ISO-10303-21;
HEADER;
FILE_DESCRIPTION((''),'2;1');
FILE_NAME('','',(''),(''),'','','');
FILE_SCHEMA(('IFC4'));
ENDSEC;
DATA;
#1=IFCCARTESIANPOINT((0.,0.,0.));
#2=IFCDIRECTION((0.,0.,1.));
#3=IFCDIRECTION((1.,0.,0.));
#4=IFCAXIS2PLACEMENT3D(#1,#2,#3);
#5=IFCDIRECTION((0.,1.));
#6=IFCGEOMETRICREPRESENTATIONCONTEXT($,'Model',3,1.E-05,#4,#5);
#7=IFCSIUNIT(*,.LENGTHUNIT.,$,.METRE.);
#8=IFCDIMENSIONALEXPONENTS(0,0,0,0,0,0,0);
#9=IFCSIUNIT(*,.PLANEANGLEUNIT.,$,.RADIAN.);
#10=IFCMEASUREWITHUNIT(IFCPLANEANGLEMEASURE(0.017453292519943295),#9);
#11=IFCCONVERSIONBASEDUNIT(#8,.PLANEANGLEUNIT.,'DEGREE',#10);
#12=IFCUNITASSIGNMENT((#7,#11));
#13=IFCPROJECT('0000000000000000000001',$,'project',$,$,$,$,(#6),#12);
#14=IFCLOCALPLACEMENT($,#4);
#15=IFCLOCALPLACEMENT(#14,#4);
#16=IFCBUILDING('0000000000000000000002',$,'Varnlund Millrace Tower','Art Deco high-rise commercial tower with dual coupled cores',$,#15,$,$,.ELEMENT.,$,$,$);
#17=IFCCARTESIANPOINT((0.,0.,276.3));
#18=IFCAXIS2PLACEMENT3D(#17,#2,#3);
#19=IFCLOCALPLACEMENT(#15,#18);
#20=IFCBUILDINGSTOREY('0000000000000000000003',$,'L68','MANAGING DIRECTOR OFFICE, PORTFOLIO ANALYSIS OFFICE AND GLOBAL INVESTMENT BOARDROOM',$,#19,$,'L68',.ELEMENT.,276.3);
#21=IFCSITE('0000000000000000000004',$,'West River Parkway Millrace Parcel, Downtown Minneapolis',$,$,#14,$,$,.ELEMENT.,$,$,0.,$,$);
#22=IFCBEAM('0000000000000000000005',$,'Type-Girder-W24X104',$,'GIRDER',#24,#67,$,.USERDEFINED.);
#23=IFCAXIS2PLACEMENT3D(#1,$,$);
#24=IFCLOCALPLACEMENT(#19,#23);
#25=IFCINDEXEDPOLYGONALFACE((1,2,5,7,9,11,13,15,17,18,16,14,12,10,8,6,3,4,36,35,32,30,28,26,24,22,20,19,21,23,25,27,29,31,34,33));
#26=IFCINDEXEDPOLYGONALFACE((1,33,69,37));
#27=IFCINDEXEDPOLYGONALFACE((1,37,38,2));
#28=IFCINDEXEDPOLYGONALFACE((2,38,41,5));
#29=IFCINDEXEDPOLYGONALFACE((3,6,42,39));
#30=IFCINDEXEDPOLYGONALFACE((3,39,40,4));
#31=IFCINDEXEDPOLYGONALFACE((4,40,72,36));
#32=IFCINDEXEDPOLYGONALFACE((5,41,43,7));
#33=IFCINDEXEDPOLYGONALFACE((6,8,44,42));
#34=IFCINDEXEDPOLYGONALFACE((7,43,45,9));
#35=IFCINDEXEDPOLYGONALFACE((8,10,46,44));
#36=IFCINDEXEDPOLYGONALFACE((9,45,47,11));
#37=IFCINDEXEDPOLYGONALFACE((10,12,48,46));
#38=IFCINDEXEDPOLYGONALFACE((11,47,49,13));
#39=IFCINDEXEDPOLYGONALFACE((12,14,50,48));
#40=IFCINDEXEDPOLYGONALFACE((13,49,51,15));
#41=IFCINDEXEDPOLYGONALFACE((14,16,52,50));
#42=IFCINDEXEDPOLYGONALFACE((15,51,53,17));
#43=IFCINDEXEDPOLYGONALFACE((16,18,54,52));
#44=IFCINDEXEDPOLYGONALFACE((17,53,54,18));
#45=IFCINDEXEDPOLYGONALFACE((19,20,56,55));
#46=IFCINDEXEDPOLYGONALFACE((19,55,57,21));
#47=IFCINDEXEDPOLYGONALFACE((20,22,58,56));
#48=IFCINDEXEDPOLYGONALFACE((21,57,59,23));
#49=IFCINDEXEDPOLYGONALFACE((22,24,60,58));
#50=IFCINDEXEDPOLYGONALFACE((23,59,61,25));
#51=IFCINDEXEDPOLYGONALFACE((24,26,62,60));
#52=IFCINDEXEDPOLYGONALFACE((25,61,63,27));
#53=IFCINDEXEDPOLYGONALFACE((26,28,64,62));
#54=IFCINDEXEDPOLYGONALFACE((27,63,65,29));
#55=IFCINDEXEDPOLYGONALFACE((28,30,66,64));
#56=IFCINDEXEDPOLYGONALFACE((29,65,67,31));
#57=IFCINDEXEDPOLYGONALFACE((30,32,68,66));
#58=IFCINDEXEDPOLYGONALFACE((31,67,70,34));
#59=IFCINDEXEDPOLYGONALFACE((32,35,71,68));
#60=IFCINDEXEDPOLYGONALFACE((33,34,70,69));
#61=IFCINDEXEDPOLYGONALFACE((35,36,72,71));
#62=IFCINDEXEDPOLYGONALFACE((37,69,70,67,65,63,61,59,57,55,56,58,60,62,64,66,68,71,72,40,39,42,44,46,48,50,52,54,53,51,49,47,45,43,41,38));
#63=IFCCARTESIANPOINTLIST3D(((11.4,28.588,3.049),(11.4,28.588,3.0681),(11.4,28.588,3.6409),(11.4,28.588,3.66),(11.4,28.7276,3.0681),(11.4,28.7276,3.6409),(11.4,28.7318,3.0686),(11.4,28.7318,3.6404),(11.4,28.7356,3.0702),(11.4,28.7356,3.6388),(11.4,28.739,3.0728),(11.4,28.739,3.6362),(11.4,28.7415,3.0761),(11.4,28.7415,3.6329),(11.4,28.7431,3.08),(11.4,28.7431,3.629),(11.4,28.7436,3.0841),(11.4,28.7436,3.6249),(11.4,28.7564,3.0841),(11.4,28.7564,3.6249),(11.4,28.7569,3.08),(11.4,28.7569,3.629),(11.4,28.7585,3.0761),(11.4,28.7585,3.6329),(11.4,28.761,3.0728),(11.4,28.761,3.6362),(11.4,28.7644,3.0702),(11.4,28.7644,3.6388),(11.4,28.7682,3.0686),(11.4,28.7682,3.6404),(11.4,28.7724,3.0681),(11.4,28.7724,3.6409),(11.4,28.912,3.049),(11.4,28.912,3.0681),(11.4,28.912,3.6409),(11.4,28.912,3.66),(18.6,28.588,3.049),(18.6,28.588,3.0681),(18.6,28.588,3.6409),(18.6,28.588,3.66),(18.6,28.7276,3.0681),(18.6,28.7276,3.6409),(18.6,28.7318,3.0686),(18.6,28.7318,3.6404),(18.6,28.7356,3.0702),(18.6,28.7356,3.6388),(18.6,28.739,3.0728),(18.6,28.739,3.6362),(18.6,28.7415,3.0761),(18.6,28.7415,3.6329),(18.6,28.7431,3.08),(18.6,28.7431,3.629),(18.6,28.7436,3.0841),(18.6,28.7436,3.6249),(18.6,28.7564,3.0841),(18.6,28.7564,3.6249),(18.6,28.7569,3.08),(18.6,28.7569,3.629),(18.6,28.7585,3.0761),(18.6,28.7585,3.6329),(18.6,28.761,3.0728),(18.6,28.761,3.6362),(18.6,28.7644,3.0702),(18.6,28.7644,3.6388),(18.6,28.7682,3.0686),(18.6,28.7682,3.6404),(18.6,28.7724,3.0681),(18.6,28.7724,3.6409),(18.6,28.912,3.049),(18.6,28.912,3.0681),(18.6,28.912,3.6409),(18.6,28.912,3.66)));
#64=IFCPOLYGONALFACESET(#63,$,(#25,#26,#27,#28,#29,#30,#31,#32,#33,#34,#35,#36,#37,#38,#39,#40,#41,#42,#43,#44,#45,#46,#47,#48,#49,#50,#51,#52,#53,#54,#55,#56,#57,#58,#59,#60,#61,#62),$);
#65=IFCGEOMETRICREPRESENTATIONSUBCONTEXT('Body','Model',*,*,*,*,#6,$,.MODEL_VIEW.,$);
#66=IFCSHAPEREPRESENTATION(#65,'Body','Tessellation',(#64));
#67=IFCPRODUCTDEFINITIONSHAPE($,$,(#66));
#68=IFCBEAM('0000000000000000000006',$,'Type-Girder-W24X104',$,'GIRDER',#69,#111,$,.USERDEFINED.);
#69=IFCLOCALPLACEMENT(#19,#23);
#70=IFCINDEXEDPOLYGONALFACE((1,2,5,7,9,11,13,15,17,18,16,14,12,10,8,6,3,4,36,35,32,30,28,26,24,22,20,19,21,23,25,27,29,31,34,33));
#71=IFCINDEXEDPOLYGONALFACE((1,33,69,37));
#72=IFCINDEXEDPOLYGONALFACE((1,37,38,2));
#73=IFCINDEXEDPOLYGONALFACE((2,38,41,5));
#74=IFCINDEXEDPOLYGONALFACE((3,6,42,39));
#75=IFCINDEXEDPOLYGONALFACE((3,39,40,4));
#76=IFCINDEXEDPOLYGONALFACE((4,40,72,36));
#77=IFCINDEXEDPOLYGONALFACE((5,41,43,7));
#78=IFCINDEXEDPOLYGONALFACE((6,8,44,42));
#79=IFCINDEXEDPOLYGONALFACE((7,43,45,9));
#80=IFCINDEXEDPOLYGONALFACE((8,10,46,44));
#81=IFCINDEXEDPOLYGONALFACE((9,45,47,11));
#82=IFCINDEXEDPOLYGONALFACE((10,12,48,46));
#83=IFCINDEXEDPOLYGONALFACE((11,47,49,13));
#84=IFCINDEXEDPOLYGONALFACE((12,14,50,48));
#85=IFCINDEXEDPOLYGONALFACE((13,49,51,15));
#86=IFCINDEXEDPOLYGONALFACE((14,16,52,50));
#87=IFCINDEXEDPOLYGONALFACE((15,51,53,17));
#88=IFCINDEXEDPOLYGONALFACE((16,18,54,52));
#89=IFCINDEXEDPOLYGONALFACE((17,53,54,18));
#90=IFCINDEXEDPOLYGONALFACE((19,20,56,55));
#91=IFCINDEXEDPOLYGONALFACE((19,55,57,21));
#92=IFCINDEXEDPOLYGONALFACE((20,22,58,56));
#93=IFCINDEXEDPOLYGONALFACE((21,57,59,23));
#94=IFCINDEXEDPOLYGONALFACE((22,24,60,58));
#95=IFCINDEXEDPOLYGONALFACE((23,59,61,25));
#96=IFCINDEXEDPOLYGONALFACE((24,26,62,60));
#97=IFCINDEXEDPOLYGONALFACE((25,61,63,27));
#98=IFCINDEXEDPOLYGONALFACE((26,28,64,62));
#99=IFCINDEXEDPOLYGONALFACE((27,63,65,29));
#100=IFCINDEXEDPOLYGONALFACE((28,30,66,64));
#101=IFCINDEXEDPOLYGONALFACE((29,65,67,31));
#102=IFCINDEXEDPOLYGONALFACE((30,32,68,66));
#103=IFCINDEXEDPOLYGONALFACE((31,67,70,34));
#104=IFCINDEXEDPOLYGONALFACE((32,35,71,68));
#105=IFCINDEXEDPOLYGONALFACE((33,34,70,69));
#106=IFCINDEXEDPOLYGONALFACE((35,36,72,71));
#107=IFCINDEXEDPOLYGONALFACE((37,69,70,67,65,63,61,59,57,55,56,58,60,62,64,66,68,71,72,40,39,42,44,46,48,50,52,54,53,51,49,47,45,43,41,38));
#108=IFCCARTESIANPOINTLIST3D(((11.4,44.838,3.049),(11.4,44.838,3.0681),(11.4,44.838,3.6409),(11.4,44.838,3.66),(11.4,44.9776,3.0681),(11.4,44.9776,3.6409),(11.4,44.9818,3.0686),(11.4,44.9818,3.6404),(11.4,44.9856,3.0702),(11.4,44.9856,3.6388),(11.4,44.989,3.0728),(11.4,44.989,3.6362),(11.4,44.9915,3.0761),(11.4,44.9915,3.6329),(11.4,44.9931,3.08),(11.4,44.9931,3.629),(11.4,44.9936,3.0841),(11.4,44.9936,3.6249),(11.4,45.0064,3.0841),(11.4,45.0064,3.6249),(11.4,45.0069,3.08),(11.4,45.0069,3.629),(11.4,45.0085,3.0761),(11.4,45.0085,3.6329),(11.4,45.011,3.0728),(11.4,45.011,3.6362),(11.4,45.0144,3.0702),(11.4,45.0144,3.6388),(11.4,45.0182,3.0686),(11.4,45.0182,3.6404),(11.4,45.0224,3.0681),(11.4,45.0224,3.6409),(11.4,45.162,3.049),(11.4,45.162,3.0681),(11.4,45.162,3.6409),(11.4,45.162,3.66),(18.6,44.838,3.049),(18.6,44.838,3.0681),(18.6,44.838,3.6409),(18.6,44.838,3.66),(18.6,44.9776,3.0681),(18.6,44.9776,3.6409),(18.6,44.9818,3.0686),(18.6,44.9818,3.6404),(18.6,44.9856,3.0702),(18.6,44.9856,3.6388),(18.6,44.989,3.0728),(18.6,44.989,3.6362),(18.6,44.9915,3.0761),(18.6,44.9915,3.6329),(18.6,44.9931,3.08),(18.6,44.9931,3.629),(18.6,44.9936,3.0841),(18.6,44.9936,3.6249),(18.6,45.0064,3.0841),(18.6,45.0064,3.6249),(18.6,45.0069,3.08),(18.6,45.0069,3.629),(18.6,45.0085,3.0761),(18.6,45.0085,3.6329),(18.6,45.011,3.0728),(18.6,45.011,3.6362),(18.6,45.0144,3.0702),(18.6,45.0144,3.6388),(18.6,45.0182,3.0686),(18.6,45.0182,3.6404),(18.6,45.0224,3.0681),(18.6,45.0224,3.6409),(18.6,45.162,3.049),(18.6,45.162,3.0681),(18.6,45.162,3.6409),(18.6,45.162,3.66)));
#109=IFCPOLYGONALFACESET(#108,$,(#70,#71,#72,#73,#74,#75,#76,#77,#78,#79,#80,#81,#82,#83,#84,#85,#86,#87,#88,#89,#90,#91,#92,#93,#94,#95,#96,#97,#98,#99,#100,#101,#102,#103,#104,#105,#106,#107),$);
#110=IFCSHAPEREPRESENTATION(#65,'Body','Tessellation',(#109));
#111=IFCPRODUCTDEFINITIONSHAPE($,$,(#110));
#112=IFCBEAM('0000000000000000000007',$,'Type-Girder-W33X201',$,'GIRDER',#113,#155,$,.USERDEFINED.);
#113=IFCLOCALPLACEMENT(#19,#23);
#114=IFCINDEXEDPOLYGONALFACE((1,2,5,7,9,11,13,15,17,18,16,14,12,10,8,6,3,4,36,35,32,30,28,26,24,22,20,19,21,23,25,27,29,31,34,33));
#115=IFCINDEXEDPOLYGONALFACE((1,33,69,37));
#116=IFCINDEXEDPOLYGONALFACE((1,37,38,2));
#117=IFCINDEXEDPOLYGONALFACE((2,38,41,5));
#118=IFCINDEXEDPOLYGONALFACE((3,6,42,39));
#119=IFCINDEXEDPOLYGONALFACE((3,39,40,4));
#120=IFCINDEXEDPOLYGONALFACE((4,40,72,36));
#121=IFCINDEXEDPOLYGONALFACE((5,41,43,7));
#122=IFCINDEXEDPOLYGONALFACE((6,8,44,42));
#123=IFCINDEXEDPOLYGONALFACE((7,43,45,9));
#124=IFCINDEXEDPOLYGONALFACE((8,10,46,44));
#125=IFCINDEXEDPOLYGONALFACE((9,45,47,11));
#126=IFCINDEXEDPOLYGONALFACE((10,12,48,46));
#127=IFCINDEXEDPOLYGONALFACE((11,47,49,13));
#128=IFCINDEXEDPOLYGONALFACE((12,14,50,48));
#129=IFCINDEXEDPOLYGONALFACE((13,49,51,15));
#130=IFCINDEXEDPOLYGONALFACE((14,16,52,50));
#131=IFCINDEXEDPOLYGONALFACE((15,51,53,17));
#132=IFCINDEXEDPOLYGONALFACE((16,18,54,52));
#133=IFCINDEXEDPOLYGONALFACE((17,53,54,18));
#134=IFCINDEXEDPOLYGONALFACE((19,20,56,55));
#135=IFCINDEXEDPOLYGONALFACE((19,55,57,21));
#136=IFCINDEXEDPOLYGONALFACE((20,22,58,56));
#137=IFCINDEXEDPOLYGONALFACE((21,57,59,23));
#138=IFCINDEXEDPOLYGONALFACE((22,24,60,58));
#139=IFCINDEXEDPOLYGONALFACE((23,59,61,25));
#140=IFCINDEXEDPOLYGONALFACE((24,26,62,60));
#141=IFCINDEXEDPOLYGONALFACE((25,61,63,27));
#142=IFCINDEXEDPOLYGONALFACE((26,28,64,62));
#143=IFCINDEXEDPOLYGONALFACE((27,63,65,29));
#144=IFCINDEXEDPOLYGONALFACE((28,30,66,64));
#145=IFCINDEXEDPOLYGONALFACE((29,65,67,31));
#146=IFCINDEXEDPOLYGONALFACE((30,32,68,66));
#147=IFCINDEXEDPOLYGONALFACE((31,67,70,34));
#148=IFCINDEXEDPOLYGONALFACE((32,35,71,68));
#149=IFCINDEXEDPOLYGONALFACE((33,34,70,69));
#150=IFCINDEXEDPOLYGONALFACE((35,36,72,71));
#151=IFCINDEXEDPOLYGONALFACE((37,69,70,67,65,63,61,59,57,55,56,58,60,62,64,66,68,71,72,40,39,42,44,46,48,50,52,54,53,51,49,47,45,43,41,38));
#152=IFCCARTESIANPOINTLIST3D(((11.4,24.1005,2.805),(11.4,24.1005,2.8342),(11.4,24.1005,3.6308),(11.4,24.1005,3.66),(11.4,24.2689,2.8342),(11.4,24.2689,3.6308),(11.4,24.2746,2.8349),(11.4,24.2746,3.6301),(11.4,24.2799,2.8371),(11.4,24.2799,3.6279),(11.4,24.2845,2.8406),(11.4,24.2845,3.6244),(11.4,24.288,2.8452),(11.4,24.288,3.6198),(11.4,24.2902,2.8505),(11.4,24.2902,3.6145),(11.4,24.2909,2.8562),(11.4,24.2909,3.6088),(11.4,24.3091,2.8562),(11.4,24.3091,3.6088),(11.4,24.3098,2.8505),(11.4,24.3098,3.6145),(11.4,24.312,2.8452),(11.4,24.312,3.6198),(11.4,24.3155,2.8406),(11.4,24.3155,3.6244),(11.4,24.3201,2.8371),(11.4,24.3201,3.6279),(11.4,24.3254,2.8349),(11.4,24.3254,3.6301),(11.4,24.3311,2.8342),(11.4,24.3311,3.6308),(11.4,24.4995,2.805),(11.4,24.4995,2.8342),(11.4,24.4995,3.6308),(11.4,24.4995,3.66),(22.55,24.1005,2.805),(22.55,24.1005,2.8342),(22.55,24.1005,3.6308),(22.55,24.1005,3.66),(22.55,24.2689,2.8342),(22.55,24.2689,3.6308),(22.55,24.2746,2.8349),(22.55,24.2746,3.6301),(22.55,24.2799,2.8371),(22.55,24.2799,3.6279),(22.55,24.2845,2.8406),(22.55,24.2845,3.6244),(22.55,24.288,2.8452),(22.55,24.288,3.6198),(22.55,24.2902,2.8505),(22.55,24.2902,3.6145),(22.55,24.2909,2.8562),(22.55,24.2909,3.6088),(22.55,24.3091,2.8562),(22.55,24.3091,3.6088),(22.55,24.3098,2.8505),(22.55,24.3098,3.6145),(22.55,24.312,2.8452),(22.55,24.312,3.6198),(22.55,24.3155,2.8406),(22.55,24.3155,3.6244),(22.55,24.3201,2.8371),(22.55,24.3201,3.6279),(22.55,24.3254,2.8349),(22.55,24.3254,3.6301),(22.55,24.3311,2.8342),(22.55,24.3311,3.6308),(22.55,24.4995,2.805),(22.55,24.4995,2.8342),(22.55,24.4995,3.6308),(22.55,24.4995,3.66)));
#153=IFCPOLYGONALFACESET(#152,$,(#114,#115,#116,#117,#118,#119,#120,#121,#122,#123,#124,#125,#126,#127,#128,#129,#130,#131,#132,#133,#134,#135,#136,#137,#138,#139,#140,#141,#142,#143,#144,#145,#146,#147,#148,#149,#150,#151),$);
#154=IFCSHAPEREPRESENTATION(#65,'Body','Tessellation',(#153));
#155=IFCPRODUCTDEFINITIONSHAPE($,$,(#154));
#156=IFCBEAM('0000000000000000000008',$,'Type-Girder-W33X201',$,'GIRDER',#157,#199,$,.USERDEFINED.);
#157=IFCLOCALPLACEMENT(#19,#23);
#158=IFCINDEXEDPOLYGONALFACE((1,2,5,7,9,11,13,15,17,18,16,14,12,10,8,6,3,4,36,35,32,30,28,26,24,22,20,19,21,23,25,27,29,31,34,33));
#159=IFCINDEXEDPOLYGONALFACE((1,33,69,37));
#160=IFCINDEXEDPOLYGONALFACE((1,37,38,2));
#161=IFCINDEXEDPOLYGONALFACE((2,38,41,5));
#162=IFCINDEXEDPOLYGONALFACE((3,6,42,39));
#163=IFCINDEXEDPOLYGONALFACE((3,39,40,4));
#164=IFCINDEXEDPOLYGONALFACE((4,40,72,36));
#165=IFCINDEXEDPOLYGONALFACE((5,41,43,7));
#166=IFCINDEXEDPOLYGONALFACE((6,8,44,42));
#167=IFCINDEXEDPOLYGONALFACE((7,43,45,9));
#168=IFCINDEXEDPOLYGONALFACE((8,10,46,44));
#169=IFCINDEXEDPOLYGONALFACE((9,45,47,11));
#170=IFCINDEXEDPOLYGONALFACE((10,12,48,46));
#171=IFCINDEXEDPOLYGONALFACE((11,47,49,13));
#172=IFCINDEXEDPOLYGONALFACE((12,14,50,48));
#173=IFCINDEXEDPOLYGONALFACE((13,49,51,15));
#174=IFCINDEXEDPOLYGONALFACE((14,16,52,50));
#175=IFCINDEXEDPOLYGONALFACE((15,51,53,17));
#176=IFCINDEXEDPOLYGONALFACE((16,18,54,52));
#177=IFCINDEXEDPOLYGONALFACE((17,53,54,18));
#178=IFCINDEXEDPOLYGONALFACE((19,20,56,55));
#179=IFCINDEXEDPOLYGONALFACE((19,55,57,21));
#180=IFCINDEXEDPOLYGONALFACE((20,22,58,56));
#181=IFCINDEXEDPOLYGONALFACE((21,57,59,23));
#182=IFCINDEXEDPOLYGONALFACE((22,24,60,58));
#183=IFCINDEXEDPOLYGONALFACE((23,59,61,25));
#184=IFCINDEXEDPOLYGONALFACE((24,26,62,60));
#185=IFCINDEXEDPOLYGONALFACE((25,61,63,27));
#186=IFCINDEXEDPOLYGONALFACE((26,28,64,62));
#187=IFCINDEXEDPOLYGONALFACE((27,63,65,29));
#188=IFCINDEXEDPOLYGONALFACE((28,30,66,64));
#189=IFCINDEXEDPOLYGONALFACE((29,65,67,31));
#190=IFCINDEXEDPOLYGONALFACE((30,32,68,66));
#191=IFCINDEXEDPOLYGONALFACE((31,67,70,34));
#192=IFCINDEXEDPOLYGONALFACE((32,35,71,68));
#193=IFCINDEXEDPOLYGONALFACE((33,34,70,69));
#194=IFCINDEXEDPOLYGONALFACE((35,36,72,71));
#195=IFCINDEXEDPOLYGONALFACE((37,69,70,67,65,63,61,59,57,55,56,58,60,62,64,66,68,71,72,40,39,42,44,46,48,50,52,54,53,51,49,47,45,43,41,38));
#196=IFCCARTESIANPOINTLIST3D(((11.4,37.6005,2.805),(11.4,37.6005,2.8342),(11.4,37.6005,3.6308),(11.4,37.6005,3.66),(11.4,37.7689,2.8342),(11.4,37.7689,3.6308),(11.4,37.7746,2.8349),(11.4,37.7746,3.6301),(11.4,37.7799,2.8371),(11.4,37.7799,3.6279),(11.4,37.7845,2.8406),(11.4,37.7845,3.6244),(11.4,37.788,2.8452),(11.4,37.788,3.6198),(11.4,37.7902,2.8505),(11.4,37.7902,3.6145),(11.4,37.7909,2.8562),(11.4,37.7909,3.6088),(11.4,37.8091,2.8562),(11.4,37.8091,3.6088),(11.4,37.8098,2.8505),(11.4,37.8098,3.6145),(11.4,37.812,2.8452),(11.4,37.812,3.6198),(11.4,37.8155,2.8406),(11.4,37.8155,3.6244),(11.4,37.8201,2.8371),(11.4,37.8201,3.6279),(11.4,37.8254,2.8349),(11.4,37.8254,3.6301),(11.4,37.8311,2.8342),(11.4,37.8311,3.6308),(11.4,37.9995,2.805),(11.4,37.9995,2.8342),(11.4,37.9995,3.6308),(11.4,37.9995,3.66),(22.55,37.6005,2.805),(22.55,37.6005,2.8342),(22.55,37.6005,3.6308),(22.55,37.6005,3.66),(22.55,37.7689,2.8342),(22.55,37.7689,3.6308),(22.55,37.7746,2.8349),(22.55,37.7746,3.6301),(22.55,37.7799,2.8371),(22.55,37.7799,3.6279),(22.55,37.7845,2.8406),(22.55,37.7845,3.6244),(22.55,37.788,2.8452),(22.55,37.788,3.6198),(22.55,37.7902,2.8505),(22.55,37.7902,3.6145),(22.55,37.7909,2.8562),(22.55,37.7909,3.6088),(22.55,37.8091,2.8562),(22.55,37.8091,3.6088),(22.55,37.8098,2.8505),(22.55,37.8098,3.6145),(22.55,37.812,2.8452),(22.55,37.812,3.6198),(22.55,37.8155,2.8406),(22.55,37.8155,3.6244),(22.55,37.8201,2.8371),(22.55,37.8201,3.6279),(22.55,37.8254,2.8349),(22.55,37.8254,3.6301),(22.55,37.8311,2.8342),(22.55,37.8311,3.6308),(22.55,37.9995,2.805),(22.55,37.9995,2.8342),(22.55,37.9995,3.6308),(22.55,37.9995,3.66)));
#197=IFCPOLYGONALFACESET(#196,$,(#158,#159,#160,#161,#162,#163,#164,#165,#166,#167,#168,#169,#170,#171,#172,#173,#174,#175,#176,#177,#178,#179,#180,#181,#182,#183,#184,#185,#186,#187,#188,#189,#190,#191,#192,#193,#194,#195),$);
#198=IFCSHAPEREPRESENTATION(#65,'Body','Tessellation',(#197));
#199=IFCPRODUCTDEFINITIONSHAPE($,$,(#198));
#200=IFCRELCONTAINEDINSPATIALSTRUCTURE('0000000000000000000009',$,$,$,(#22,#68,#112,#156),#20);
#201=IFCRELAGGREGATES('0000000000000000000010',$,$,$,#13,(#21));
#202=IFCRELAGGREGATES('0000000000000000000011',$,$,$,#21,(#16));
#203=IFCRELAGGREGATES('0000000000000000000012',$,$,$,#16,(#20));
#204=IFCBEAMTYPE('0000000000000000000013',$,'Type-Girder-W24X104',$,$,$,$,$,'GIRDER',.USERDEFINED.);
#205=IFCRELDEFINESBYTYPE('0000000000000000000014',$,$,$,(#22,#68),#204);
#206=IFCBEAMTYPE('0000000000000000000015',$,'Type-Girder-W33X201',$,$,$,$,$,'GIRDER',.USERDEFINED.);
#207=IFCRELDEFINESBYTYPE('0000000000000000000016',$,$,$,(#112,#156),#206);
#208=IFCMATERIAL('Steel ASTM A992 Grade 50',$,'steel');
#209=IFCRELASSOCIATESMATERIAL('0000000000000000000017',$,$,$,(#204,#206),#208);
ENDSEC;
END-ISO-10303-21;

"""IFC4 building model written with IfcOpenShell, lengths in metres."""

from ifc_helpers import new_model, entity, si_unit, converted_unit, direction, frame, origin_with_axes, origin_2d_with_axis, place, context, subcontext, project, spatial, i_section, extrude, material, material_profile, profile_set, type_object, element, save


model = new_model("IFC4")

# Units and contexts
model_context = context("Model", 3, precision=1e-05, world=origin_with_axes(), true_north=direction((0.0, 1.0)))
body_context = subcontext(model_context, "Body", "Model", "MODEL_VIEW")
ifc_project = project(units=[si_unit("LENGTHUNIT", "METRE"), converted_unit("PLANEANGLEUNIT", "DEGREE", entity("IfcPlaneAngleMeasure", 0.017453292519943295), si_unit("PLANEANGLEUNIT", "RADIAN"), dimensions=[0, 0, 0, 0, 0, 0, 0])], contexts=[model_context])

# Site, building, storey
site_placement = place(None, origin_with_axes())
site = spatial("IfcSite", under=ifc_project, at=site_placement, Name="West River Parkway Millrace Parcel, Downtown Minneapolis", CompositionType="ELEMENT", RefElevation=0.0)
building_placement = place(site_placement, origin_with_axes())
building = spatial("IfcBuilding", under=site, at=building_placement, Name="Varnlund Millrace Tower", Description="Art Deco high-rise commercial tower with dual coupled cores", CompositionType="ELEMENT")
storey_placement = place(building_placement, frame((0.0, 0.0, 276.3), z_axis=(0.0, 0.0, 1.0), x_axis=(1.0, 0.0, 0.0)))
storey = spatial("IfcBuildingStorey", under=building, at=storey_placement, Name="L68", Description="MANAGING DIRECTOR OFFICE, PORTFOLIO ANALYSIS OFFICE AND GLOBAL INVESTMENT BOARDROOM", LongName="L68", CompositionType="ELEMENT", Elevation=276.3)

# Beams
ifc_material_1 = material(Name="Steel ASTM A992 Grade 50", Category="steel")
ifc_material_profile_1 = material_profile(ifc_material_1, i_section(OverallWidth=0.324, OverallDepth=0.611, WebThickness=0.0127, FlangeThickness=0.0191, FilletRadius=0.016, at=origin_2d_with_axis()), Name="Steel ASTM A992 Grade 50")
ifc_profile_set_1 = profile_set([ifc_material_profile_1], Name="Steel ASTM A992 Grade 50")
beam_type_1 = type_object("IfcBeamType", Name="Type-Girder-W24X104", ElementType="GIRDER", PredefinedType="USERDEFINED", material=ifc_profile_set_1)
for number, where, z_axis, x_axis, name in (
    (1, (11.4, 28.75, 3.3545), (1.0, 0.0, 0.0), (0.0, 1.0, 0.0), "Type-Girder-W24X104"),
    (2, (11.4, 45.0, 3.3545), (1.0, 0.0, 0.0), (0.0, 1.0, 0.0), "Type-Girder-W24X104"),
):
    element("IfcBeam", number, at=place(storey_placement, frame(where, z_axis=z_axis, x_axis=x_axis)), inside=storey, type_object=beam_type_1, Name=name, ObjectType="GIRDER", PredefinedType="USERDEFINED", context=body_context, shape_type="SweptSolid", body=[
        extrude(i_section(OverallWidth=0.324, OverallDepth=0.611, WebThickness=0.0127, FlangeThickness=0.0191, FilletRadius=0.016, at=origin_2d_with_axis()), origin_with_axes(), (0.0, 0.0, 1.0), 7.2),
    ])
ifc_material_profile_2 = material_profile(ifc_material_1, i_section(OverallWidth=0.399, OverallDepth=0.855, WebThickness=0.0182, FlangeThickness=0.0292, FilletRadius=0.022, at=origin_2d_with_axis()), Name="Steel ASTM A992 Grade 50")
ifc_profile_set_2 = profile_set([ifc_material_profile_2], Name="Steel ASTM A992 Grade 50")
beam_type_2 = type_object("IfcBeamType", Name="Type-Girder-W33X201", ElementType="GIRDER", PredefinedType="USERDEFINED", material=ifc_profile_set_2)
for number, where, z_axis, x_axis, name in (
    (3, (11.4, 24.3, 3.2325), (1.0, 0.0, 0.0), (0.0, 1.0, 0.0), "Type-Girder-W33X201"),
    (4, (11.4, 37.8, 3.2325), (1.0, 0.0, 0.0), (0.0, 1.0, 0.0), "Type-Girder-W33X201"),
):
    element("IfcBeam", number, at=place(storey_placement, frame(where, z_axis=z_axis, x_axis=x_axis)), inside=storey, type_object=beam_type_2, Name=name, ObjectType="GIRDER", PredefinedType="USERDEFINED", context=body_context, shape_type="SweptSolid", body=[
        extrude(i_section(OverallWidth=0.399, OverallDepth=0.855, WebThickness=0.0182, FlangeThickness=0.0292, FilletRadius=0.022, at=origin_2d_with_axis()), origin_with_axes(), (0.0, 0.0, 1.0), 11.15),
    ])

save(model, "model.ifc")
